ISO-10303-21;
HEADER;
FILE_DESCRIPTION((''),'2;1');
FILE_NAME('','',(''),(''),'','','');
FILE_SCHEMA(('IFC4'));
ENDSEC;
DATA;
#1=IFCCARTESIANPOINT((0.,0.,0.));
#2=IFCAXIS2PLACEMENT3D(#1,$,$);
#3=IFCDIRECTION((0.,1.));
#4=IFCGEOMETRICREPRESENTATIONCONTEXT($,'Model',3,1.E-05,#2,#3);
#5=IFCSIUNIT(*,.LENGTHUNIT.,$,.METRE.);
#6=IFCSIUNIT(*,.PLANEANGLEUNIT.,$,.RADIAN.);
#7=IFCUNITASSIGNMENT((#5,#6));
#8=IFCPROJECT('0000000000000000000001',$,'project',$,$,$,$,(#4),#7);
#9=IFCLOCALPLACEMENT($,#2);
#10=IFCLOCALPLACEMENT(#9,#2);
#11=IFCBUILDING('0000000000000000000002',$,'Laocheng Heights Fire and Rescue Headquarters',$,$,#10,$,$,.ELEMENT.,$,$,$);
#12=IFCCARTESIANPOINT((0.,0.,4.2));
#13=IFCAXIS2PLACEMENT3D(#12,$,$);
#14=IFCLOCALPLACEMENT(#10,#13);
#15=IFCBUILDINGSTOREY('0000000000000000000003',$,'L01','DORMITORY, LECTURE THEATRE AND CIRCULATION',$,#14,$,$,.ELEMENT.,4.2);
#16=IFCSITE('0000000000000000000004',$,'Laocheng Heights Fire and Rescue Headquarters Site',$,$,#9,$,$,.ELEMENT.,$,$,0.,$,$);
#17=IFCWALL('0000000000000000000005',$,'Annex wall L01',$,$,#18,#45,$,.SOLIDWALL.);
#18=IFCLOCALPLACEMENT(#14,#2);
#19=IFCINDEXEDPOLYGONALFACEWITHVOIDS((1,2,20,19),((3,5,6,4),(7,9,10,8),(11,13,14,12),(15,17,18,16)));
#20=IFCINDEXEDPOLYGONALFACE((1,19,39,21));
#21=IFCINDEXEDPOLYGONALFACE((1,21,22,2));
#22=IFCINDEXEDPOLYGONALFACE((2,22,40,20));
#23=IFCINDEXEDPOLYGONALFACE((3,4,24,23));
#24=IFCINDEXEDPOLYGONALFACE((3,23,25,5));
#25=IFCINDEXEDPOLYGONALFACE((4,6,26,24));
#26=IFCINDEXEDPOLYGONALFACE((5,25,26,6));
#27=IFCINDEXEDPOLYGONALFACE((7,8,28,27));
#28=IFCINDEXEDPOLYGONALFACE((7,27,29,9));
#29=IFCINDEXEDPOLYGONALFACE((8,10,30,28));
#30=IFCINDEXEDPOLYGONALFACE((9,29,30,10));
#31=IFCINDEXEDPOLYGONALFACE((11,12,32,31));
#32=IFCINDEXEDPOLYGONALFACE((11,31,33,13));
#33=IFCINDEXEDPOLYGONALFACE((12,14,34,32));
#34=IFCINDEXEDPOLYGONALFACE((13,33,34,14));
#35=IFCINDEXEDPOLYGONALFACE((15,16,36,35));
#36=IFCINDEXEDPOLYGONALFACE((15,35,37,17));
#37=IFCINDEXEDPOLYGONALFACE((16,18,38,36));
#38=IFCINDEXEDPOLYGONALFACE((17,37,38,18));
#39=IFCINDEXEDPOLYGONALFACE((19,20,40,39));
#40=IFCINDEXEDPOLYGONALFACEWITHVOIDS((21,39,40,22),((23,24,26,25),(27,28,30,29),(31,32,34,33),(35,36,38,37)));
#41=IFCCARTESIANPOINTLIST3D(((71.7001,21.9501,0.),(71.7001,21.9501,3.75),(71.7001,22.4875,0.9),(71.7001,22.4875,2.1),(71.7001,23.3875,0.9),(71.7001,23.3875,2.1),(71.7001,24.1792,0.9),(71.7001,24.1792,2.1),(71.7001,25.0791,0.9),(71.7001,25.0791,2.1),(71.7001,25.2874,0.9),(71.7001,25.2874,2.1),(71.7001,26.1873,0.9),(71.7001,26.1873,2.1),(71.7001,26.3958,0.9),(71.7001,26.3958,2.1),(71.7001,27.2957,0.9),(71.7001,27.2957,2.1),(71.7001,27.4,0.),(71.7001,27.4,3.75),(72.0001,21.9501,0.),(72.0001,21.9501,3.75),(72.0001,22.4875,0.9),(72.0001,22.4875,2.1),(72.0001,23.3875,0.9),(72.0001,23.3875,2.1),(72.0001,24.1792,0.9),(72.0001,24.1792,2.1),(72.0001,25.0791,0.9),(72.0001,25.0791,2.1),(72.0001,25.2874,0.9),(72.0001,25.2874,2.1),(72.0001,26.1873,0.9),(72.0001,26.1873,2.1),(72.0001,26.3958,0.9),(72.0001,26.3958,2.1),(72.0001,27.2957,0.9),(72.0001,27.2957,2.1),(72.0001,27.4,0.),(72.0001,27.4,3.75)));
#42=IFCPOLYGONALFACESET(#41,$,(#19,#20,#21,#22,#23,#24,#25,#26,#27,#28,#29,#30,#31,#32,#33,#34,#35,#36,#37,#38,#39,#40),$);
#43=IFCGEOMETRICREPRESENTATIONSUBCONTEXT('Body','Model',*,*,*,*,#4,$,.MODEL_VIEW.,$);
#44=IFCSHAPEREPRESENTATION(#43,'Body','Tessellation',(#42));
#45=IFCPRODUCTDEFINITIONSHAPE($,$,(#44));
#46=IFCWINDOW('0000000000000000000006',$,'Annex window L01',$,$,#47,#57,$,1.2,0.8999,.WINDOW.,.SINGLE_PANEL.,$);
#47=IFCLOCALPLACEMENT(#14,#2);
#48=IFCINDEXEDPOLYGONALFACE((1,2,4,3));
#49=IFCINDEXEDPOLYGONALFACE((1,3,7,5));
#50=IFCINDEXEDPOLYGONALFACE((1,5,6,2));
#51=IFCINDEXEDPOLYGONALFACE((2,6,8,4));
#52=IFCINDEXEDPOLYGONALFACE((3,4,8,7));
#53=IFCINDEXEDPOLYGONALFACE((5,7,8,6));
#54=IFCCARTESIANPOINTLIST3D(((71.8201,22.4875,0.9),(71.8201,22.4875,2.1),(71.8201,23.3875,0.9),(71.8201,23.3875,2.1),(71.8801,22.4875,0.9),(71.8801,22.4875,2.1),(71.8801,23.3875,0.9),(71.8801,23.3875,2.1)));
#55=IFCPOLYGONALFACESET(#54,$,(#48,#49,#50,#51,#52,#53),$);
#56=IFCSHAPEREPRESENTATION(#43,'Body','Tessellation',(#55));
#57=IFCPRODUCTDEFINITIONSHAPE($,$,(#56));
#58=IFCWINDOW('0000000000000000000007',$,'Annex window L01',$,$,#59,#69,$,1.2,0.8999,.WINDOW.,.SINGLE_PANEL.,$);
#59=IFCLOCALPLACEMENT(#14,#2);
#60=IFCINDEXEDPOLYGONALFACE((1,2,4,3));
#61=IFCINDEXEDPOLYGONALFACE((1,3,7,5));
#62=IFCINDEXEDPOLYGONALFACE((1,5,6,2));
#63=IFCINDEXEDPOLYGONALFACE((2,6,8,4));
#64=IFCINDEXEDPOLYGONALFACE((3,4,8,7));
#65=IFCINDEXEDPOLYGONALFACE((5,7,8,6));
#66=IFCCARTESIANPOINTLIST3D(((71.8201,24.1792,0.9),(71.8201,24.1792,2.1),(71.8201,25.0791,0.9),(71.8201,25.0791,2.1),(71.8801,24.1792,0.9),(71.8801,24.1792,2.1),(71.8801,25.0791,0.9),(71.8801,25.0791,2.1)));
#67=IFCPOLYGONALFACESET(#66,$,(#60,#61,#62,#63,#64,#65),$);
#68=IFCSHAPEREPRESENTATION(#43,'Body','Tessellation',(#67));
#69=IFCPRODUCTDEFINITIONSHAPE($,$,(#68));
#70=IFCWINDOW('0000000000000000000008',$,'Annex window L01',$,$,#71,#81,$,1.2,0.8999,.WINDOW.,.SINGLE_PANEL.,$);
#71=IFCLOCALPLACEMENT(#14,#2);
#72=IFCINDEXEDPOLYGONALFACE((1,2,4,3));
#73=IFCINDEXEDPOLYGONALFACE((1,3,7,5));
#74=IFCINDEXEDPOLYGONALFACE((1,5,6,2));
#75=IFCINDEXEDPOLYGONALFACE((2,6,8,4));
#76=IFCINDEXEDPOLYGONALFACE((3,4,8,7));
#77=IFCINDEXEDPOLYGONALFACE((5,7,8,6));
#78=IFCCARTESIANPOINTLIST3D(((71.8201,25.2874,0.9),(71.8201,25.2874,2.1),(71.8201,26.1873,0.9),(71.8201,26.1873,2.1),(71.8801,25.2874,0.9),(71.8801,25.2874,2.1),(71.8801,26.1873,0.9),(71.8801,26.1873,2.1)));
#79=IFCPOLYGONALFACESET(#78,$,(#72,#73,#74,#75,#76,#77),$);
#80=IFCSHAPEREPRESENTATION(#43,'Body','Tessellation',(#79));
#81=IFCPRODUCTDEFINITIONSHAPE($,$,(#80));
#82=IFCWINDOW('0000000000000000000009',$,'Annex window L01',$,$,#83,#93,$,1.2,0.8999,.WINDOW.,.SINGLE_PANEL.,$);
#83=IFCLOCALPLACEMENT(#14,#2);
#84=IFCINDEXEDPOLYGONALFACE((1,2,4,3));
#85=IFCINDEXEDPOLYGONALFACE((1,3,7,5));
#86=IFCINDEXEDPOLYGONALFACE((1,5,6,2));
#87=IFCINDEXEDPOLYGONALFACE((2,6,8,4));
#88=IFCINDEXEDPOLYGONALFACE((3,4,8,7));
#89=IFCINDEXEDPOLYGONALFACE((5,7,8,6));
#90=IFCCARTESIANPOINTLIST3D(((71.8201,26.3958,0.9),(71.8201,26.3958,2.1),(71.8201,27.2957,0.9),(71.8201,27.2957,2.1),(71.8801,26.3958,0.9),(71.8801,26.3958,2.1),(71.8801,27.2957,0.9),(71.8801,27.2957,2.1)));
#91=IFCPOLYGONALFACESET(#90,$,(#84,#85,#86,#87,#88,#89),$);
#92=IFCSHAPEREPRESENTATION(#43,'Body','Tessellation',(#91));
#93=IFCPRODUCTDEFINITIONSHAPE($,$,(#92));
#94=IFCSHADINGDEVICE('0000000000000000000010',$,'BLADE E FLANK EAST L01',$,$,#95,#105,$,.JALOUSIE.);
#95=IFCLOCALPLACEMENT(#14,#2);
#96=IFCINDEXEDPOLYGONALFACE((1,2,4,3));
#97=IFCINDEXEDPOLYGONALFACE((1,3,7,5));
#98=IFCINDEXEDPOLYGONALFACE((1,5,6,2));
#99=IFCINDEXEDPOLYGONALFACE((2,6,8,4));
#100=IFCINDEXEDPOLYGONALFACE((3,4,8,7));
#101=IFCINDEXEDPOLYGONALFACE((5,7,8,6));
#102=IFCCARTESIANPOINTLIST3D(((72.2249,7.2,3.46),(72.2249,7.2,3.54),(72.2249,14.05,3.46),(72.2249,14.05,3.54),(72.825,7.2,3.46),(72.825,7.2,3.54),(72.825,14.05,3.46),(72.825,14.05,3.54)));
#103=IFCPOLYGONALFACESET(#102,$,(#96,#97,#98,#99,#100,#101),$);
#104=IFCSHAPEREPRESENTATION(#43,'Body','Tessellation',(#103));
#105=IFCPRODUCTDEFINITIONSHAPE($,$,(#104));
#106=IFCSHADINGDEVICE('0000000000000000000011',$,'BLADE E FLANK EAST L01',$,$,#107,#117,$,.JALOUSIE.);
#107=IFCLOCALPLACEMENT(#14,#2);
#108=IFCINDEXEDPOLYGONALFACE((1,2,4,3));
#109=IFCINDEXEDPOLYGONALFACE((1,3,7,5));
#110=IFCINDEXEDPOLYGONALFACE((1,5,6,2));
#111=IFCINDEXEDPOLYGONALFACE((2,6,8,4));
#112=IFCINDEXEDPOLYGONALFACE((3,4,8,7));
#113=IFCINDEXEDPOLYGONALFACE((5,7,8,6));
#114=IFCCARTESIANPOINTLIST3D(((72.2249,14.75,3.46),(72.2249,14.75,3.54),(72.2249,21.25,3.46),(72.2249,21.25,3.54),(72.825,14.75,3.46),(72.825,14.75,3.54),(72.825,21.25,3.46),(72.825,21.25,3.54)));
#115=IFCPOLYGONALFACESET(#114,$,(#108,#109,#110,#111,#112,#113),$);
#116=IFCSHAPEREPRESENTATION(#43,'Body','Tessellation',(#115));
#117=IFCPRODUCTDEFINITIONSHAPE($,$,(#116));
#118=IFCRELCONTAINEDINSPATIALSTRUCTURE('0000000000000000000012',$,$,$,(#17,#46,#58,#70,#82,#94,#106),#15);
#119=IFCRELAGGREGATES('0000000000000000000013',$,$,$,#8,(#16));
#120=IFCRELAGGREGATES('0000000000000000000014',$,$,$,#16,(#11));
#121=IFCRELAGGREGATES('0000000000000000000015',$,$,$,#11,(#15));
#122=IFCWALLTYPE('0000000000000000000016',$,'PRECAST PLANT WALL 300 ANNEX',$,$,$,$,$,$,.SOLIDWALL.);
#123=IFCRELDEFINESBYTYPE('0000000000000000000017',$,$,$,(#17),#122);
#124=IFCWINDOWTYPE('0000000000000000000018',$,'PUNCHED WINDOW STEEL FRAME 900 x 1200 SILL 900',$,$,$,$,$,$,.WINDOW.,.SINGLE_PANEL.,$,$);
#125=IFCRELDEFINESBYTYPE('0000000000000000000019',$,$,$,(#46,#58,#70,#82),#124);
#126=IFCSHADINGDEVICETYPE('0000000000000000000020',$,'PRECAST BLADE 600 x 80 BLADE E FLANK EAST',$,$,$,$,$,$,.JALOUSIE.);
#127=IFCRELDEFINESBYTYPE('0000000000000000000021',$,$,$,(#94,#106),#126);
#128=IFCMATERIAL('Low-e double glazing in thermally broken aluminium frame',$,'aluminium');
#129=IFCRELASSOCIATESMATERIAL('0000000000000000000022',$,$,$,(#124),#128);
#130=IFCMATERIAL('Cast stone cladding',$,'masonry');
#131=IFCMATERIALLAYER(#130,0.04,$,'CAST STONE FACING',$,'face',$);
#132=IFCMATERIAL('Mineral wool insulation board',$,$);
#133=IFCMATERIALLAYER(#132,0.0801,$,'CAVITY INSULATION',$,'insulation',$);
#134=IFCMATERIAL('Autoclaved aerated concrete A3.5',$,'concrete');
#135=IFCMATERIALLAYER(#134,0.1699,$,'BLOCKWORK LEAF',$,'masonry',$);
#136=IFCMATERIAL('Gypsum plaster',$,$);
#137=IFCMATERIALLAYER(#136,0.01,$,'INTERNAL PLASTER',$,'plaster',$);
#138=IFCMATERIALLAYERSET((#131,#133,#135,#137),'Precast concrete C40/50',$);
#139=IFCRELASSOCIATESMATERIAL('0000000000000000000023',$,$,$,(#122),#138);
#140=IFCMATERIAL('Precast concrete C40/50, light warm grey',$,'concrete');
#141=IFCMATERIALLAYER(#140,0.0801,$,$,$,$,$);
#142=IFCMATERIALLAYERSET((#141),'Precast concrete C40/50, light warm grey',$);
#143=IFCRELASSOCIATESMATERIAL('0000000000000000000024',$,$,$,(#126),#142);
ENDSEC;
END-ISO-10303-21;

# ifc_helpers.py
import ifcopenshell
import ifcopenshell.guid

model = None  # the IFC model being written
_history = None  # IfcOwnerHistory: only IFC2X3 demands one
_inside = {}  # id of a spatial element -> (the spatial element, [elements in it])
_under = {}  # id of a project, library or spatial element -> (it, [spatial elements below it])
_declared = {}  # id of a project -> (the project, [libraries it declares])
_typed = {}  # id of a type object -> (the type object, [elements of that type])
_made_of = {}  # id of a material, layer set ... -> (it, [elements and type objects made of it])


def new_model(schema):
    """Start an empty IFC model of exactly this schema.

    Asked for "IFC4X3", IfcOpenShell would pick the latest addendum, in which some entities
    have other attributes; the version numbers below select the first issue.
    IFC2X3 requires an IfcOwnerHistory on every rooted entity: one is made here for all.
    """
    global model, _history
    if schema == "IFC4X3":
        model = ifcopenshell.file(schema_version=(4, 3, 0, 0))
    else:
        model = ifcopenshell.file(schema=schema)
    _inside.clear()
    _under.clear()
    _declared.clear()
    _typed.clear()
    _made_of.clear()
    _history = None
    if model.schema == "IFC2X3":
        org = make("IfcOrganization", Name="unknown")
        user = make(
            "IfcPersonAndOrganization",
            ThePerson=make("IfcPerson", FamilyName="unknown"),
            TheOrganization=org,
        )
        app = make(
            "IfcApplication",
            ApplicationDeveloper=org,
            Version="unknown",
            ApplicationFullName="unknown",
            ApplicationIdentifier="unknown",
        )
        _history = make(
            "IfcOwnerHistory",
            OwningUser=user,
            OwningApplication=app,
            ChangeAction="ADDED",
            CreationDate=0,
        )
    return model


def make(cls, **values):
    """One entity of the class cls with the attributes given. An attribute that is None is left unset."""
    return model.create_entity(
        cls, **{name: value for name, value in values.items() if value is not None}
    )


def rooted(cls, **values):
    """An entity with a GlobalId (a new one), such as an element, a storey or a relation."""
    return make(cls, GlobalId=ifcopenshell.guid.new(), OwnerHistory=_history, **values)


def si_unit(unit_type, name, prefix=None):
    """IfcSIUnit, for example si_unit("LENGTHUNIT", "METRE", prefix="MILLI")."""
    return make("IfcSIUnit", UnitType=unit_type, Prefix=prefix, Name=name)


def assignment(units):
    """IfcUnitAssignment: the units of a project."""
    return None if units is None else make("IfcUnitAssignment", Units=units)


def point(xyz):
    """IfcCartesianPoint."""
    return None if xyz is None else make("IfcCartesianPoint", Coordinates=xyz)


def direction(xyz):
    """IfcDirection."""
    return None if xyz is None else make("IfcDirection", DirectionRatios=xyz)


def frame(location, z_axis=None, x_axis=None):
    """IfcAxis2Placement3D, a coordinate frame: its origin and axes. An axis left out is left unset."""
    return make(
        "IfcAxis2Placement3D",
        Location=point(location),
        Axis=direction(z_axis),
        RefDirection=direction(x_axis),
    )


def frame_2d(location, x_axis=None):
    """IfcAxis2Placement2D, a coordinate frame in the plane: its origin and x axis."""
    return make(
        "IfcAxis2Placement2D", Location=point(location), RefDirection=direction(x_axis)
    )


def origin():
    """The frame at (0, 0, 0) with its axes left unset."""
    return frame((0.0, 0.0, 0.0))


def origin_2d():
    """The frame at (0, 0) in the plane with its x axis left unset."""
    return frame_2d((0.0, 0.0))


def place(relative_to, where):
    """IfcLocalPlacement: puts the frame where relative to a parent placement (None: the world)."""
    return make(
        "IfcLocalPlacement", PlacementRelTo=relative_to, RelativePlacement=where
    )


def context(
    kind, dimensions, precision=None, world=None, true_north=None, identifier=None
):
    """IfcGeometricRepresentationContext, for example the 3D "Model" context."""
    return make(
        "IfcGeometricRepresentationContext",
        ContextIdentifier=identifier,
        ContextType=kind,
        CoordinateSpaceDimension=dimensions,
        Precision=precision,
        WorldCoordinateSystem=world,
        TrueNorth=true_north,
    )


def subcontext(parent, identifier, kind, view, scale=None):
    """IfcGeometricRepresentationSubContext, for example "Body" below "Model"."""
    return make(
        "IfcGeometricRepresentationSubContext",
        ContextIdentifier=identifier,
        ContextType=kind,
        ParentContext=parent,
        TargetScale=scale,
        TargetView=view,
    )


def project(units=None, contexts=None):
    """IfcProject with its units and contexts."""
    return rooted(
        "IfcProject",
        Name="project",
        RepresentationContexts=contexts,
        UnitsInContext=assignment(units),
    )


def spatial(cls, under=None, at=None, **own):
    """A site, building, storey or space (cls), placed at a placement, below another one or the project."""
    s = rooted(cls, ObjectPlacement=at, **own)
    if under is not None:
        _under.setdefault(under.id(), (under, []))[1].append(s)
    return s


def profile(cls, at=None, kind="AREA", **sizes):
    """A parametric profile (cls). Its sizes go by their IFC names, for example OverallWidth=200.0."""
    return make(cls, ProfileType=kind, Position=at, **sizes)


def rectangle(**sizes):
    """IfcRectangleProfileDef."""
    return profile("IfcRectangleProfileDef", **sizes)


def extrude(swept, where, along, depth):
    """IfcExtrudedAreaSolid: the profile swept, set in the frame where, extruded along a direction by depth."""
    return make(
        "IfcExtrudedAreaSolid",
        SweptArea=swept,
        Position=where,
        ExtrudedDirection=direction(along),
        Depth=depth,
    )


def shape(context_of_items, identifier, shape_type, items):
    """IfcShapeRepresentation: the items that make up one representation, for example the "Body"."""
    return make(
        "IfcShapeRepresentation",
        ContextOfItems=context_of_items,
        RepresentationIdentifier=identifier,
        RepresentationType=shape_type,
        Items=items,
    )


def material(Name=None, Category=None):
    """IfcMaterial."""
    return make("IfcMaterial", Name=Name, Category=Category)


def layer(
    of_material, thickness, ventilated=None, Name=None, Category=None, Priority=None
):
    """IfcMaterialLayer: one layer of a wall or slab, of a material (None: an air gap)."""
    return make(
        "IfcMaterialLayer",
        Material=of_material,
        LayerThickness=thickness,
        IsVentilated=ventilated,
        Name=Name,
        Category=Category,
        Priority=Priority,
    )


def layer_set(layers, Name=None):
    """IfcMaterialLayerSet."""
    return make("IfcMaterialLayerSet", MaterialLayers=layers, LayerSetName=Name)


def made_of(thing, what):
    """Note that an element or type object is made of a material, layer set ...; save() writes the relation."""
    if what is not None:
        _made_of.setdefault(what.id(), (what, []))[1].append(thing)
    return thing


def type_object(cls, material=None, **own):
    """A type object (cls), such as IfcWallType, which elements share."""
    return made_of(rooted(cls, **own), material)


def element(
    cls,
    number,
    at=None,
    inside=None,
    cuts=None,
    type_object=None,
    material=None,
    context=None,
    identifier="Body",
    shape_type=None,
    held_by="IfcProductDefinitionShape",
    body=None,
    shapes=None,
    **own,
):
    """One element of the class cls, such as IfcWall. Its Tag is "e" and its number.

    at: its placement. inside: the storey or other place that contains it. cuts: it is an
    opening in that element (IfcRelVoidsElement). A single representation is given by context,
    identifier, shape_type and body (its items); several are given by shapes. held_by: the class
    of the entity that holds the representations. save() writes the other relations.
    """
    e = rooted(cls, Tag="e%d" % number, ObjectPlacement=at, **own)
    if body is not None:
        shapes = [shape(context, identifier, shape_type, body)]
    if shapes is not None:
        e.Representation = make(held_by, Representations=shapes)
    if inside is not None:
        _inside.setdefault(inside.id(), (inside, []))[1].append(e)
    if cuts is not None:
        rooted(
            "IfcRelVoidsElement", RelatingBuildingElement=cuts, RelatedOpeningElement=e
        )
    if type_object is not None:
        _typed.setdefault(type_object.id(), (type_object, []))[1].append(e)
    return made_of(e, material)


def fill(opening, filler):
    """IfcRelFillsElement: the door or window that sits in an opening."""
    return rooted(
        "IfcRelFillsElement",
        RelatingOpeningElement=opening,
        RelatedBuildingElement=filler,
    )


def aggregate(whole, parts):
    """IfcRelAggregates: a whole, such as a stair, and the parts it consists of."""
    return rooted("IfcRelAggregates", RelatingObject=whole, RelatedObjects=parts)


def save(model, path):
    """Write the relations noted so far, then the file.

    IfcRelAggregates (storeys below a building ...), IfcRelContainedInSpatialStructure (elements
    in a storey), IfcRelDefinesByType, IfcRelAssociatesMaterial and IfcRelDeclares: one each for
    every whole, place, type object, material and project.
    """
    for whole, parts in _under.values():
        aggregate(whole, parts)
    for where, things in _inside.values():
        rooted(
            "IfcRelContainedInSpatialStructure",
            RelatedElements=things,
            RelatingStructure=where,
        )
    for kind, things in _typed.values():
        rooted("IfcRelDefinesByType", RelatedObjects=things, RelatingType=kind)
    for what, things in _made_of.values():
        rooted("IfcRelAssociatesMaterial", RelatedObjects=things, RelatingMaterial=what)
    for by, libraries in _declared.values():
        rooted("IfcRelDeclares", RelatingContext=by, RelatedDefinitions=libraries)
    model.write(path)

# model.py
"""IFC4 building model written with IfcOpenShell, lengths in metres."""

from ifc_helpers import new_model, si_unit, direction, frame, frame_2d, origin, origin_2d, place, context, subcontext, project, spatial, rectangle, extrude, material, layer, layer_set, type_object, element, fill, save


model = new_model("IFC4")

# Units and contexts
model_context = context("Model", 3, precision=1e-05, world=origin(), true_north=direction((0.0, 1.0)))
body_context = subcontext(model_context, "Body", "Model", "MODEL_VIEW")
ifc_project = project(units=[si_unit("LENGTHUNIT", "METRE"), si_unit("PLANEANGLEUNIT", "RADIAN")], contexts=[model_context])

# Site, building, storey
site_placement = place(None, origin())
site = spatial("IfcSite", under=ifc_project, at=site_placement, Name="Laocheng Heights Fire and Rescue Headquarters Site", CompositionType="ELEMENT", RefElevation=0.0)
building_placement = place(site_placement, origin())
building = spatial("IfcBuilding", under=site, at=building_placement, Name="Laocheng Heights Fire and Rescue Headquarters", CompositionType="ELEMENT")
storey_placement = place(building_placement, frame((0.0, 0.0, 4.2)))
storey = spatial("IfcBuildingStorey", under=building, at=storey_placement, Name="L01", Description="DORMITORY, LECTURE THEATRE AND CIRCULATION", CompositionType="ELEMENT", Elevation=4.2)

# Wall, openings, windows
ifc_material_1 = material(Name="Low-e double glazing in thermally broken aluminium frame", Category="aluminium")
window_type = type_object("IfcWindowType", Name="PUNCHED WINDOW STEEL FRAME 900 x 1200 SILL 900", PartitioningType="SINGLE_PANEL", PredefinedType="WINDOW", material=ifc_material_1)
ifc_material_2 = material(Name="Cast stone cladding", Category="masonry")
ifc_layer_1 = layer(ifc_material_2, 0.04, Name="CAST STONE FACING", Category="face")
ifc_material_3 = material(Name="Mineral wool insulation board")
ifc_layer_2 = layer(ifc_material_3, 0.0801, Name="CAVITY INSULATION", Category="insulation")
ifc_material_4 = material(Name="Autoclaved aerated concrete A3.5", Category="concrete")
ifc_layer_3 = layer(ifc_material_4, 0.1699, Name="BLOCKWORK LEAF", Category="masonry")
ifc_material_5 = material(Name="Gypsum plaster")
ifc_layer_4 = layer(ifc_material_5, 0.01, Name="INTERNAL PLASTER", Category="plaster")
ifc_layer_set_1 = layer_set([ifc_layer_1, ifc_layer_2, ifc_layer_3, ifc_layer_4], Name="Precast concrete C40/50")
wall_type_1 = type_object("IfcWallType", Name="PRECAST PLANT WALL 300 ANNEX", PredefinedType="SOLIDWALL", material=ifc_layer_set_1)
wall_1_placement = place(storey_placement, frame((71.8501, 21.95, 0.0), z_axis=(0.0, 0.0, 1.0), x_axis=(0.0, 1.0, 0.0)))
wall_1 = element("IfcWall", 1, at=wall_1_placement, inside=storey, type_object=wall_type_1, Name="Annex wall L01", PredefinedType="SOLIDWALL", context=body_context, shape_type="SweptSolid", body=[
    extrude(rectangle(XDim=5.45, YDim=0.3, at=frame_2d((2.7251, 0.0))), origin(), (0.0, 0.0, 1.0), 3.75),
])
opening_1_placement = place(wall_1_placement, frame((0.5376, 0.0, 0.8999)))
opening_1 = element("IfcOpeningElement", 2, at=opening_1_placement, cuts=wall_1, PredefinedType="OPENING", context=body_context, shape_type="SweptSolid", body=[
    extrude(rectangle(XDim=0.8999, YDim=1.2, at=frame_2d((0.45, 0.6001))), frame((0.0, 0.1599, 0.0), z_axis=(0.0, -1.0, 0.0), x_axis=(1.0, 0.0, 0.0)), (0.0, 0.0, 1.0), 0.3201),
])
opening_2_placement = place(wall_1_placement, frame((2.2292, 0.0, 0.8999)))
opening_2 = element("IfcOpeningElement", 3, at=opening_2_placement, cuts=wall_1, PredefinedType="OPENING", context=body_context, shape_type="SweptSolid", body=[
    extrude(rectangle(XDim=0.8999, YDim=1.2, at=frame_2d((0.45, 0.6001))), frame((0.0, 0.1599, 0.0), z_axis=(0.0, -1.0, 0.0), x_axis=(1.0, 0.0, 0.0)), (0.0, 0.0, 1.0), 0.3201),
])
opening_3_placement = place(wall_1_placement, frame((3.3374, 0.0, 0.8999)))
opening_3 = element("IfcOpeningElement", 4, at=opening_3_placement, cuts=wall_1, PredefinedType="OPENING", context=body_context, shape_type="SweptSolid", body=[
    extrude(rectangle(XDim=0.8999, YDim=1.2, at=frame_2d((0.45, 0.6001))), frame((0.0, 0.1599, 0.0), z_axis=(0.0, -1.0, 0.0), x_axis=(1.0, 0.0, 0.0)), (0.0, 0.0, 1.0), 0.3201),
])
opening_4_placement = place(wall_1_placement, frame((4.4458, 0.0, 0.8999)))
opening_4 = element("IfcOpeningElement", 5, at=opening_4_placement, cuts=wall_1, PredefinedType="OPENING", context=body_context, shape_type="SweptSolid", body=[
    extrude(rectangle(XDim=0.8999, YDim=1.2, at=frame_2d((0.45, 0.6001))), frame((0.0, 0.1599, 0.0), z_axis=(0.0, -1.0, 0.0), x_axis=(1.0, 0.0, 0.0)), (0.0, 0.0, 1.0), 0.3201),
])
window_1_placement = place(opening_1_placement, origin())
window_1 = element("IfcWindow", 6, at=window_1_placement, inside=storey, type_object=window_type, Name="Annex window L01", OverallHeight=1.2, OverallWidth=0.8999, PartitioningType="SINGLE_PANEL", PredefinedType="WINDOW", context=body_context, shape_type="SweptSolid", body=[
    extrude(rectangle(XDim=0.8999, YDim=1.2, at=frame_2d((0.45, 0.6001))), frame((0.0, 0.03, 0.0), z_axis=(0.0, -1.0, 0.0), x_axis=(1.0, 0.0, 0.0)), (0.0, 0.0, 1.0), 0.0601),
])
fill(opening_1, window_1)
window_2_placement = place(opening_2_placement, origin())
window_2 = element("IfcWindow", 7, at=window_2_placement, inside=storey, type_object=window_type, Name="Annex window L01", OverallHeight=1.2, OverallWidth=0.8999, PartitioningType="SINGLE_PANEL", PredefinedType="WINDOW", context=body_context, shape_type="SweptSolid", body=[
    extrude(rectangle(XDim=0.8999, YDim=1.2, at=frame_2d((0.45, 0.6001))), frame((0.0, 0.03, 0.0), z_axis=(0.0, -1.0, 0.0), x_axis=(1.0, 0.0, 0.0)), (0.0, 0.0, 1.0), 0.0601),
])
fill(opening_2, window_2)
window_3_placement = place(opening_3_placement, origin())
window_3 = element("IfcWindow", 8, at=window_3_placement, inside=storey, type_object=window_type, Name="Annex window L01", OverallHeight=1.2, OverallWidth=0.8999, PartitioningType="SINGLE_PANEL", PredefinedType="WINDOW", context=body_context, shape_type="SweptSolid", body=[
    extrude(rectangle(XDim=0.8999, YDim=1.2, at=frame_2d((0.45, 0.6001))), frame((0.0, 0.03, 0.0), z_axis=(0.0, -1.0, 0.0), x_axis=(1.0, 0.0, 0.0)), (0.0, 0.0, 1.0), 0.0601),
])
fill(opening_3, window_3)
window_4_placement = place(opening_4_placement, origin())
window_4 = element("IfcWindow", 9, at=window_4_placement, inside=storey, type_object=window_type, Name="Annex window L01", OverallHeight=1.2, OverallWidth=0.8999, PartitioningType="SINGLE_PANEL", PredefinedType="WINDOW", context=body_context, shape_type="SweptSolid", body=[
    extrude(rectangle(XDim=0.8999, YDim=1.2, at=frame_2d((0.45, 0.6001))), frame((0.0, 0.03, 0.0), z_axis=(0.0, -1.0, 0.0), x_axis=(1.0, 0.0, 0.0)), (0.0, 0.0, 1.0), 0.0601),
])
fill(opening_4, window_4)

# Shading devices
ifc_material_6 = material(Name="Precast concrete C40/50, light warm grey", Category="concrete")
ifc_layer_5 = layer(ifc_material_6, 0.0801)
ifc_layer_set_2 = layer_set([ifc_layer_5], Name="Precast concrete C40/50, light warm grey")
shading_device_type = type_object("IfcShadingDeviceType", Name="PRECAST BLADE 600 x 80 BLADE E FLANK EAST", PredefinedType="JALOUSIE", material=ifc_layer_set_2)
shading_device_1_placement = place(storey_placement, frame((72.5249, 10.625, 3.46), z_axis=(0.0, 0.0, 1.0), x_axis=(1.0, 0.0, 0.0)))
element("IfcShadingDevice", 10, at=shading_device_1_placement, inside=storey, type_object=shading_device_type, Name="BLADE E FLANK EAST L01", PredefinedType="JALOUSIE", context=body_context, shape_type="SweptSolid", body=[
    extrude(rectangle(XDim=0.6001, YDim=6.8501, at=origin_2d()), origin(), (0.0, 0.0, 1.0), 0.0801),
])
shading_device_2_placement = place(storey_placement, frame((72.5249, 18.0, 3.46), z_axis=(0.0, 0.0, 1.0), x_axis=(1.0, 0.0, 0.0)))
element("IfcShadingDevice", 11, at=shading_device_2_placement, inside=storey, type_object=shading_device_type, Name="BLADE E FLANK EAST L01", PredefinedType="JALOUSIE", context=body_context, shape_type="SweptSolid", body=[
    extrude(rectangle(XDim=0.6001, YDim=6.5, at=origin_2d()), origin(), (0.0, 0.0, 1.0), 0.0801),
])

save(model, "model.ifc")
